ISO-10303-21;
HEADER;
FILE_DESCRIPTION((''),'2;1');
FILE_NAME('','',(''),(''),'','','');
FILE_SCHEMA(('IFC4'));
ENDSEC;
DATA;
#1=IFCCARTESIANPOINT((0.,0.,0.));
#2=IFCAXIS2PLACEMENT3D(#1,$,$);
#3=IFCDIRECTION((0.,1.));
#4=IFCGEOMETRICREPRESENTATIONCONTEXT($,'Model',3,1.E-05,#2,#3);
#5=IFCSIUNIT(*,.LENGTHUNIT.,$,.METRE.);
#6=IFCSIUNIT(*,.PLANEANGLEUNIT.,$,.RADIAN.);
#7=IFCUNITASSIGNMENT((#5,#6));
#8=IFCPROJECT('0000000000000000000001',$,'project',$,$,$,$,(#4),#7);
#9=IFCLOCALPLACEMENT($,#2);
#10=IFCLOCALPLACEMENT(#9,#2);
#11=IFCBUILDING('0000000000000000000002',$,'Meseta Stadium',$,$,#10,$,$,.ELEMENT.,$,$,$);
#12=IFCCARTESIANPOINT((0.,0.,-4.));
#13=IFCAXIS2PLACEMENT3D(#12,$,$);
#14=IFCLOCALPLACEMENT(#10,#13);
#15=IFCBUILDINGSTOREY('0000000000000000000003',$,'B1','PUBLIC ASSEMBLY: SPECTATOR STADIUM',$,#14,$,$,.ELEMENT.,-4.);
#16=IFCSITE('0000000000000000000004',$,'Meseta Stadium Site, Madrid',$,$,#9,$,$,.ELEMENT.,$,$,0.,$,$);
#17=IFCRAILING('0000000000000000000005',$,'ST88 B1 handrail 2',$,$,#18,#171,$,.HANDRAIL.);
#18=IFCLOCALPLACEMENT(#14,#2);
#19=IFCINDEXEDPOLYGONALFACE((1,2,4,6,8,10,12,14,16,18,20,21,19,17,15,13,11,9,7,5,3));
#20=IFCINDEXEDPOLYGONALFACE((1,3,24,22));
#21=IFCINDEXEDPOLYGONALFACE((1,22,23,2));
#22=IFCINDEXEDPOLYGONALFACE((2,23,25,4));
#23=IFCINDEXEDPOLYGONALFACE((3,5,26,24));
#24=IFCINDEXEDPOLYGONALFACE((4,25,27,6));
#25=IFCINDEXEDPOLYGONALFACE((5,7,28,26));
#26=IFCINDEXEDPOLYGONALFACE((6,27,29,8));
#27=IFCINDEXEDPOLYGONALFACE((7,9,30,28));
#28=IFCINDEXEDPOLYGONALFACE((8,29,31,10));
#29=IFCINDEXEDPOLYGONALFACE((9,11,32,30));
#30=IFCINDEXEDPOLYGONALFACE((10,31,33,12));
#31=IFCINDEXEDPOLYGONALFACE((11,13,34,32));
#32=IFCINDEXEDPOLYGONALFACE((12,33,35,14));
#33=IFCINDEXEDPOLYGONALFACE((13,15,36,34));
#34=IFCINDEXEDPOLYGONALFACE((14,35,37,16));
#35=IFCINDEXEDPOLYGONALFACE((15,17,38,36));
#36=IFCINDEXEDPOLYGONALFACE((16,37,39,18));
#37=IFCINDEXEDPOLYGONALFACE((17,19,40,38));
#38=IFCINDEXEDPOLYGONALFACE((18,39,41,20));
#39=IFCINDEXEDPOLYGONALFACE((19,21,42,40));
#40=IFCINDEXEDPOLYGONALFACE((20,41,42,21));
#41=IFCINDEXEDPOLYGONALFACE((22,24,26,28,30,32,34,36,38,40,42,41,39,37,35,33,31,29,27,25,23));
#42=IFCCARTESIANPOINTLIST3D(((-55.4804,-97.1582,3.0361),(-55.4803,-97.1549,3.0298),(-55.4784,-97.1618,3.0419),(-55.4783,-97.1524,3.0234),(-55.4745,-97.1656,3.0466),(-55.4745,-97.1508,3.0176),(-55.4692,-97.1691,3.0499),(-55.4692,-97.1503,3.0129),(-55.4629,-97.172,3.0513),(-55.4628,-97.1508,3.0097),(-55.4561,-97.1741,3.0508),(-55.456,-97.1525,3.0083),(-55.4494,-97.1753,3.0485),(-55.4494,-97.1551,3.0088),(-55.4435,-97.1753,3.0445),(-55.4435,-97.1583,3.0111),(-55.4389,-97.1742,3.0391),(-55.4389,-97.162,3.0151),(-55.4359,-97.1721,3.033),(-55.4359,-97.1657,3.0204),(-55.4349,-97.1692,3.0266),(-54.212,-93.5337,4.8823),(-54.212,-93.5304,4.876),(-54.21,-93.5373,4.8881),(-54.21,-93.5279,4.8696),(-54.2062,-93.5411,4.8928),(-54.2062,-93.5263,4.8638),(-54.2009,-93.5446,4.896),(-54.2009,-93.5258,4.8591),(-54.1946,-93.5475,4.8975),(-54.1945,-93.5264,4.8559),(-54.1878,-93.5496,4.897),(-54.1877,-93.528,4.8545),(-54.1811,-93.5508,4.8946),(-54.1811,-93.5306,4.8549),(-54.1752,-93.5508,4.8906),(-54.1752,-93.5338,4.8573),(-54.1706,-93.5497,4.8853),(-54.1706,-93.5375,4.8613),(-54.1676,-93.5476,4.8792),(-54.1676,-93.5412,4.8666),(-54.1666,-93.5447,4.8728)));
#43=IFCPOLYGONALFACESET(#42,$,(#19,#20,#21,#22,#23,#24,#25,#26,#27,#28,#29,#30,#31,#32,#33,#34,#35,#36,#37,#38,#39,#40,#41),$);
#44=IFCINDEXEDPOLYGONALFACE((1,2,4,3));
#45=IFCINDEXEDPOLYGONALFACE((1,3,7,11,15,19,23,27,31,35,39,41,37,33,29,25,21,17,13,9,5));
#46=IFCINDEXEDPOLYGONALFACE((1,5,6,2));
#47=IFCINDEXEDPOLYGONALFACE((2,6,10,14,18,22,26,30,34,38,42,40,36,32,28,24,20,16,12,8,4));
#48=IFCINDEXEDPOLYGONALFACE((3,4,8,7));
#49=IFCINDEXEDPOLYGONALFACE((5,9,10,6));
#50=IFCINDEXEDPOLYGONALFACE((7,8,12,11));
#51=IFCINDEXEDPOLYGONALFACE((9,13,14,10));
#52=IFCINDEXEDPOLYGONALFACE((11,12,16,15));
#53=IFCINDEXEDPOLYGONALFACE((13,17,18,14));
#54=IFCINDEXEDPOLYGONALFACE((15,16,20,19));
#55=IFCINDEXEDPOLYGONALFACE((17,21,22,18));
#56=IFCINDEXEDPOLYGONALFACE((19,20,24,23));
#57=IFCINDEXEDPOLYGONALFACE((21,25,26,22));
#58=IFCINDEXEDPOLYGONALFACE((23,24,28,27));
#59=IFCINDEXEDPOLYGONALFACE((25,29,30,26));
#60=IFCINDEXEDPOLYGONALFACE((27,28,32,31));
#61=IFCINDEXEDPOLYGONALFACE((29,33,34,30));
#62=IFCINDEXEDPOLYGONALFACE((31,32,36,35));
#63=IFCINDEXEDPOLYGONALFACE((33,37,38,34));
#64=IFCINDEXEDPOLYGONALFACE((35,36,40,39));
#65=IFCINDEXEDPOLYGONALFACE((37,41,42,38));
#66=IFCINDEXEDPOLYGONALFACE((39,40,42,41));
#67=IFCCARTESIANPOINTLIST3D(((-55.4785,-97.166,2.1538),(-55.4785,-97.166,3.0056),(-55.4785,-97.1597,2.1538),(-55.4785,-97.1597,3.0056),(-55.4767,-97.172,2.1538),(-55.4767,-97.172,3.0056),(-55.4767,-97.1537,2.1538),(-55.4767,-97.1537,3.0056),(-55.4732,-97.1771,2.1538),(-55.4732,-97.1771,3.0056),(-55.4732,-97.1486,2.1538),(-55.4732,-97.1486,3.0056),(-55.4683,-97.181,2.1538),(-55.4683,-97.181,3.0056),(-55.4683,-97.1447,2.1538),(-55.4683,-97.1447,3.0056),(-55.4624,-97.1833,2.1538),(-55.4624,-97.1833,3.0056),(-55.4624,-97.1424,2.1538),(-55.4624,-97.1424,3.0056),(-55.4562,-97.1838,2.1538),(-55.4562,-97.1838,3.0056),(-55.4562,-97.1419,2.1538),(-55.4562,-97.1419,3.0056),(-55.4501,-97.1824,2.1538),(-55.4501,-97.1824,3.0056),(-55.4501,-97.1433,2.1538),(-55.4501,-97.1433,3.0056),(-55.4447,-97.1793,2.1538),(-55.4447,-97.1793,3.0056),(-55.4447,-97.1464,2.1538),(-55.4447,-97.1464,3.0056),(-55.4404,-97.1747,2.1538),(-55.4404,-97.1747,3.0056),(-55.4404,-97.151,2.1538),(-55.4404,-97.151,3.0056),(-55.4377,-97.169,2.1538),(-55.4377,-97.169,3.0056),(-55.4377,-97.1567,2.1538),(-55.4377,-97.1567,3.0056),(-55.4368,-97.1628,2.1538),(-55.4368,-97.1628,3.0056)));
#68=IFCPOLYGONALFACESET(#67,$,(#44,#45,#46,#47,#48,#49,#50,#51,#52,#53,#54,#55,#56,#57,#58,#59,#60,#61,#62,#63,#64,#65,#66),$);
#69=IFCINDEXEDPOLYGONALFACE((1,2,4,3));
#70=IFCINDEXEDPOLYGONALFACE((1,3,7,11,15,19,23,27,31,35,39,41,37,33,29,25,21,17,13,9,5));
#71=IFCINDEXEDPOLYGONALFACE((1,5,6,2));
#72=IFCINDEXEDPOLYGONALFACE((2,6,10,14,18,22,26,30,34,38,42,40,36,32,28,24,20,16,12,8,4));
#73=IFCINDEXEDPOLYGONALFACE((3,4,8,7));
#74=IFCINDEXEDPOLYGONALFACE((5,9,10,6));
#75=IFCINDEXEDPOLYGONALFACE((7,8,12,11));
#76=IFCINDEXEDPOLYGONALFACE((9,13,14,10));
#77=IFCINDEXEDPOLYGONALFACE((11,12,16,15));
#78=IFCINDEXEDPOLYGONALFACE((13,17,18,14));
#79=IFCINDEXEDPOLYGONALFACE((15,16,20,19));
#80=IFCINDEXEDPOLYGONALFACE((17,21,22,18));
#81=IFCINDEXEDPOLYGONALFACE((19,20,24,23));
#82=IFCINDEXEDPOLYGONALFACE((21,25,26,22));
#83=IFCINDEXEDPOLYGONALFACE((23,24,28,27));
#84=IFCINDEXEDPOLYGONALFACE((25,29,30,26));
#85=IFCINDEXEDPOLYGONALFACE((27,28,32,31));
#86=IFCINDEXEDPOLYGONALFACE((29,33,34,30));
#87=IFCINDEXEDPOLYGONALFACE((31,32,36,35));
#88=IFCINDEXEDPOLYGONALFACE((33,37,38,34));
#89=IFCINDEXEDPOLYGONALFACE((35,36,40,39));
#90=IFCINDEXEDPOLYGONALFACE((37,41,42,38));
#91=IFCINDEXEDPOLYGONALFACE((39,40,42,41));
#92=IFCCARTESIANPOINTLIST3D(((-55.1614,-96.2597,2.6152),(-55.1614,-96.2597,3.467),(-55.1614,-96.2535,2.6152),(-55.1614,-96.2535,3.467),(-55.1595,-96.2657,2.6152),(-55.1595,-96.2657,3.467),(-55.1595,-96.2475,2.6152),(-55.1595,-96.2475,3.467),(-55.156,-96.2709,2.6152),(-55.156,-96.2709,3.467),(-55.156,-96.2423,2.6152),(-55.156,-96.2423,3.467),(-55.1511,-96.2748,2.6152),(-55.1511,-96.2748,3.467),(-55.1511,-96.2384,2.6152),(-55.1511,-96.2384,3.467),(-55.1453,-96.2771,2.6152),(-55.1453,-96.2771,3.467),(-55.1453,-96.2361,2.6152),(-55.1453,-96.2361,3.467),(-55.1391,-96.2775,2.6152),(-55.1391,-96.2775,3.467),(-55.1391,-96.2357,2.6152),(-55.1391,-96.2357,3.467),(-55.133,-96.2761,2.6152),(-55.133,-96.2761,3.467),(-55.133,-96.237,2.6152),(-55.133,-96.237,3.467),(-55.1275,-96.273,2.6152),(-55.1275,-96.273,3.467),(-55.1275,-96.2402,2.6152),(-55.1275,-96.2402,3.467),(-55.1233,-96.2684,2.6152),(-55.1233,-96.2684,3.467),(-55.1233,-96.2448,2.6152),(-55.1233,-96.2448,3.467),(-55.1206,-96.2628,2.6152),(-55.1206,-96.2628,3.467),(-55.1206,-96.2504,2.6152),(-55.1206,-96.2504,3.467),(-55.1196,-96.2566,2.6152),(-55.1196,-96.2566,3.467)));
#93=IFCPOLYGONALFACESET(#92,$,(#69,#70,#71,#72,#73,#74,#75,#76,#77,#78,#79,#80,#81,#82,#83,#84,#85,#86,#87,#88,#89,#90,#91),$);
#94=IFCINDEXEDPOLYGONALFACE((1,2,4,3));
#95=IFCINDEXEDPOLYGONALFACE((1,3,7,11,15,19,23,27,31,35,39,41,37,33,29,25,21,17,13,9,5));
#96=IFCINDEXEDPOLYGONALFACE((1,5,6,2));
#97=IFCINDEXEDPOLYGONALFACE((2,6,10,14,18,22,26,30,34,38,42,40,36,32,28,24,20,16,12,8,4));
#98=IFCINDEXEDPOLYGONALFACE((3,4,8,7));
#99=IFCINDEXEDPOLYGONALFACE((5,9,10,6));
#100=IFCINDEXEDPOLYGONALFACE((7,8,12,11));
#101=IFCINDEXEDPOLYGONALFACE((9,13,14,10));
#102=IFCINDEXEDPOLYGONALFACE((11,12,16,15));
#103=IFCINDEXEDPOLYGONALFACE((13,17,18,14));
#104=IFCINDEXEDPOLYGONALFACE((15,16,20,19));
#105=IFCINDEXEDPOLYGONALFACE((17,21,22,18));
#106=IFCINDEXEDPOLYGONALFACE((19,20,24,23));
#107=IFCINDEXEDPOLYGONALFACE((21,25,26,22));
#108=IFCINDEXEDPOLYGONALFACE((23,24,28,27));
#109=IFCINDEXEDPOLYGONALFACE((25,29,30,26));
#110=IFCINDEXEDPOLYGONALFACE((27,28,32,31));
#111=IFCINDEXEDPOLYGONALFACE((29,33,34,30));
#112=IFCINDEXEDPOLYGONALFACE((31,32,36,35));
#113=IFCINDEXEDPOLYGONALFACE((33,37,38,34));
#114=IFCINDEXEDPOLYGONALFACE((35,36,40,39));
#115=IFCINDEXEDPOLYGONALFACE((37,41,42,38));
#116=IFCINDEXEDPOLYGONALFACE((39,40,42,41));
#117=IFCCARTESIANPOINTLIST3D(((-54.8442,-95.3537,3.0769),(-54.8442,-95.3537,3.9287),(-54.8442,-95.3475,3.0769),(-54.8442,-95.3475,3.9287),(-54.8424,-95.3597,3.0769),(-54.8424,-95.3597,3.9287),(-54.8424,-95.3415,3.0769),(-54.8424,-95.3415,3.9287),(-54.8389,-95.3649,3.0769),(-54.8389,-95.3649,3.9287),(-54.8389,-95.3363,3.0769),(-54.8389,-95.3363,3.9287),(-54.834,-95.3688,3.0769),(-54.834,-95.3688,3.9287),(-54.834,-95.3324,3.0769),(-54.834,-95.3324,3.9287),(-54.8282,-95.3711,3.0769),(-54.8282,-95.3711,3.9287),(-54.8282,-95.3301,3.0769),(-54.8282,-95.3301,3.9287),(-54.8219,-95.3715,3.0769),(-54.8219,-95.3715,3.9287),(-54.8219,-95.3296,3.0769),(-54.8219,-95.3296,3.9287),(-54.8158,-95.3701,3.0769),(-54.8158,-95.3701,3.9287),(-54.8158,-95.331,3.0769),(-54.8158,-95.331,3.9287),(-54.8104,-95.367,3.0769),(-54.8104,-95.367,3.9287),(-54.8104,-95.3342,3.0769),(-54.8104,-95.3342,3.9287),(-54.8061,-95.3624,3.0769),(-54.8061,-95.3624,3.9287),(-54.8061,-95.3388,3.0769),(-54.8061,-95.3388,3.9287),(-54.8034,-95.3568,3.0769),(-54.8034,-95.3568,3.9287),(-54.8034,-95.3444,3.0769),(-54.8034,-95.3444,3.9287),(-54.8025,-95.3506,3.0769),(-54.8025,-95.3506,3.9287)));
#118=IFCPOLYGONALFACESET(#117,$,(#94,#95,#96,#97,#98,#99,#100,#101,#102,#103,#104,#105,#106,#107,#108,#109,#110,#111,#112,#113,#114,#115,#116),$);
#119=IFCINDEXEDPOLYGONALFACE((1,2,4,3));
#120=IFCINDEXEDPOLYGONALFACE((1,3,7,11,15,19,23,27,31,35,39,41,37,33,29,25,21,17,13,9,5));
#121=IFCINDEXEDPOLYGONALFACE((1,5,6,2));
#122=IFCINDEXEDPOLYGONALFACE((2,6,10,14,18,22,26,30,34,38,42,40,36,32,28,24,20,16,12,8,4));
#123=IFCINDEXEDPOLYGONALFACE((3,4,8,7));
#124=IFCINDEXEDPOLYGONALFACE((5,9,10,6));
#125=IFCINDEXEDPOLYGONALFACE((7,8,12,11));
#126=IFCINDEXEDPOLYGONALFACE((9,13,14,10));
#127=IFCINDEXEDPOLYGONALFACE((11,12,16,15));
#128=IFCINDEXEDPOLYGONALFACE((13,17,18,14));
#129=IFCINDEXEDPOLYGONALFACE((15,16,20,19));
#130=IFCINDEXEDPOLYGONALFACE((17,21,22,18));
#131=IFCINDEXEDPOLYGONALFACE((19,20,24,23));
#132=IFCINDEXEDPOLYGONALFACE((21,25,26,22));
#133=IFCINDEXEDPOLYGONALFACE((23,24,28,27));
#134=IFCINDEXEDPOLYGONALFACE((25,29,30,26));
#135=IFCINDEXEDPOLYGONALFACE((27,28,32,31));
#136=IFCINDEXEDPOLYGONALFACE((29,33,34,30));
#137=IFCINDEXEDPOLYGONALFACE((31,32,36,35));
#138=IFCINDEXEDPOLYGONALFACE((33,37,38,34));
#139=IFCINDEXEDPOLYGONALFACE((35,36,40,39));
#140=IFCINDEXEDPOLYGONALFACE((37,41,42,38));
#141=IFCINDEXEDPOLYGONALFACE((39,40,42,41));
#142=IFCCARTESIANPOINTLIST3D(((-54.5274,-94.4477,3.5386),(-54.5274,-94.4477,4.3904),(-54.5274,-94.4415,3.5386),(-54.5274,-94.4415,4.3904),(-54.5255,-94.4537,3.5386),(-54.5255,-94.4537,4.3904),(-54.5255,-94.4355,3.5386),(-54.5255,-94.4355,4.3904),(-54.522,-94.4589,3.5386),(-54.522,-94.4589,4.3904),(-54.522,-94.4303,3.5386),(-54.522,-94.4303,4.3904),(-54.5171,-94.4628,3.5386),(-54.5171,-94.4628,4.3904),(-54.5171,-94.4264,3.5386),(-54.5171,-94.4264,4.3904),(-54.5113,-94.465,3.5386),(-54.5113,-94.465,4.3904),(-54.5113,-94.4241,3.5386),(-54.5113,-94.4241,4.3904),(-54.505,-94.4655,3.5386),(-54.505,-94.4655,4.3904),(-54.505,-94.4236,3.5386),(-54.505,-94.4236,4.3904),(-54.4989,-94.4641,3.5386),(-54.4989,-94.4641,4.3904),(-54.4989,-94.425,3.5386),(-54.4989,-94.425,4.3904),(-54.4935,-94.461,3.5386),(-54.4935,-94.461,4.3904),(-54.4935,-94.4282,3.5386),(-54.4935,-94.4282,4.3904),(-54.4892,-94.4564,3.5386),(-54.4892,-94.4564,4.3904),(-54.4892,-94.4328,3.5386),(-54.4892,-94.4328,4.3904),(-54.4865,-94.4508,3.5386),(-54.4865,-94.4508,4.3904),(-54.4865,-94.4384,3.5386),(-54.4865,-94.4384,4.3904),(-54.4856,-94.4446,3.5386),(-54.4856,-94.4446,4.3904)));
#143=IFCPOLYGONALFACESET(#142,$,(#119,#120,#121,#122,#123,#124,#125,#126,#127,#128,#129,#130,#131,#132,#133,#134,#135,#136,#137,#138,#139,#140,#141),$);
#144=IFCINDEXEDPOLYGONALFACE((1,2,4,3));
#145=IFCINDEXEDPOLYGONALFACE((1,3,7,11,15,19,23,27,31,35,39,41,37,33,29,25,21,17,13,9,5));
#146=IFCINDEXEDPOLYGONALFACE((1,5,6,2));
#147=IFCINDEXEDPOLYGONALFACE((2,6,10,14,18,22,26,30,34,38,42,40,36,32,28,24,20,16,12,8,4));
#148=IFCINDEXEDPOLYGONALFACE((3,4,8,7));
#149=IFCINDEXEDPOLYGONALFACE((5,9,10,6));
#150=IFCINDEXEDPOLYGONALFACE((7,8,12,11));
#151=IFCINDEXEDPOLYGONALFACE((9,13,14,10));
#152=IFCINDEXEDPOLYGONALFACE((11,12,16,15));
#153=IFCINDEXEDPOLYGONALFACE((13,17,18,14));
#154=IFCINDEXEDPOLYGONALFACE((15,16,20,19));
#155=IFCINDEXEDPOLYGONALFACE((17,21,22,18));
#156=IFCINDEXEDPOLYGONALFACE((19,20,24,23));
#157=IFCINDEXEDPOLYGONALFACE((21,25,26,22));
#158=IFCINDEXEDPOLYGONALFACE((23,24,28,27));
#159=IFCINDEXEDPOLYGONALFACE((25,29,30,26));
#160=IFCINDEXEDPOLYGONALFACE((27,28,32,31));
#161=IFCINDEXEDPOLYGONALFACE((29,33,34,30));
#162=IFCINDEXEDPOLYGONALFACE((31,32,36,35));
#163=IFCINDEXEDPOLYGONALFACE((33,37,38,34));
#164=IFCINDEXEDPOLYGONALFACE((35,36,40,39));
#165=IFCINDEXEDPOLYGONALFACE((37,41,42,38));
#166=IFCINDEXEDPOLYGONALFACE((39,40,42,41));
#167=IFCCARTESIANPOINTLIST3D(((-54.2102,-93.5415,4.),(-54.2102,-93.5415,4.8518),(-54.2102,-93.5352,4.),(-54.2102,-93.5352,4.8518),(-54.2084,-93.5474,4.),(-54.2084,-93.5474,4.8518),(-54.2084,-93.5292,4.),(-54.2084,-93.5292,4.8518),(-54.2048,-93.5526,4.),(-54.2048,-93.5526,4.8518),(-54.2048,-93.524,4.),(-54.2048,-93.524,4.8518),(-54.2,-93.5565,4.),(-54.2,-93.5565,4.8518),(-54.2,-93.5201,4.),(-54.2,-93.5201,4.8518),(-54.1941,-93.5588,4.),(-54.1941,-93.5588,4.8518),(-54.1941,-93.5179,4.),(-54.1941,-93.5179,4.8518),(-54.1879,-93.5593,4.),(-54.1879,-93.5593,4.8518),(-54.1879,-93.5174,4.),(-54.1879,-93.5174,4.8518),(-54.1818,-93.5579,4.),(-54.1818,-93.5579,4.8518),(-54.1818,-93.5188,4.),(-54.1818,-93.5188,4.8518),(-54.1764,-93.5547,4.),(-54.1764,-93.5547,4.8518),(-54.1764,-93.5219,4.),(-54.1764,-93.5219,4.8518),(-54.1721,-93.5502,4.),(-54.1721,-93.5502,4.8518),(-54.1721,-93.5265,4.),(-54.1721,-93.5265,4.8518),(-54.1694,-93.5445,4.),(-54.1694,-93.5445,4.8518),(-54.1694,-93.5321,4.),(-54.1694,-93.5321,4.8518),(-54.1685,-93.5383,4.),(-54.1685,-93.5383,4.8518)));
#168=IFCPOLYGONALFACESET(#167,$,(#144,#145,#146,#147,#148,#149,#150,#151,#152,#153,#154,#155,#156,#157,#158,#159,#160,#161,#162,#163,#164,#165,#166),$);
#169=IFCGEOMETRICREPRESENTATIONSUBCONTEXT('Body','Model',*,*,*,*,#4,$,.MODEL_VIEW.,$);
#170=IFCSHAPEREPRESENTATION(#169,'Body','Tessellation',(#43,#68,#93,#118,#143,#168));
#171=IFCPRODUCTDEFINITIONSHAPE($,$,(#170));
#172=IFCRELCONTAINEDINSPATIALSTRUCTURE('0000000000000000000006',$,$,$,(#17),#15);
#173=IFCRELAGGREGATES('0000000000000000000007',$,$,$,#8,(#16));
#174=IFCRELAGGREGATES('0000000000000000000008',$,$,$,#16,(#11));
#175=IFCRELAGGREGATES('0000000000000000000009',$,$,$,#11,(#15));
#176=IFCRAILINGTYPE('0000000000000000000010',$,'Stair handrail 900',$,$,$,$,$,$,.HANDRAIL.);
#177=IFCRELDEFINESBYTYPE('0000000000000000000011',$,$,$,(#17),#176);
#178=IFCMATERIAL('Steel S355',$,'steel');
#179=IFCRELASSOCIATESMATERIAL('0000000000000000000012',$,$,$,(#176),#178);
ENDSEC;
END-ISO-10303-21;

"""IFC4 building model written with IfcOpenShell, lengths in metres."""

from ifc_helpers import new_model, si_unit, direction, frame, origin, origin_2d, place, context, subcontext, project, spatial, circle, extrude, material, type_object, element, save


model = new_model("IFC4")

# Units and contexts
model_context = context("Model", 3, precision=1e-05, world=origin(), true_north=direction((0.0, 1.0)))
body_context = subcontext(model_context, "Body", "Model", "MODEL_VIEW")
ifc_project = project(units=[si_unit("LENGTHUNIT", "METRE"), si_unit("PLANEANGLEUNIT", "RADIAN")], contexts=[model_context])

# Site, building, storey
site_placement = place(None, origin())
site = spatial("IfcSite", under=ifc_project, at=site_placement, Name="Meseta Stadium Site, Madrid", CompositionType="ELEMENT", RefElevation=0.0)
building_placement = place(site_placement, origin())
building = spatial("IfcBuilding", under=site, at=building_placement, Name="Meseta Stadium", CompositionType="ELEMENT")
storey_placement = place(building_placement, frame((0.0, 0.0, -4.0)))
storey = spatial("IfcBuildingStorey", under=building, at=storey_placement, Name="B1", Description="PUBLIC ASSEMBLY: SPECTATOR STADIUM", CompositionType="ELEMENT", Elevation=-4.0)

# Railing
ifc_material_1 = material(Name="Steel S355", Category="steel")
railing_type_1 = type_object("IfcRailingType", Name="Stair handrail 900", PredefinedType="HANDRAIL", material=ifc_material_1)
railing_1_placement = place(storey_placement, frame((-55.4578, -97.1628, 2.1538)))
element("IfcRailing", 1, at=railing_1_placement, inside=storey, type_object=railing_type_1, Name="ST88 B1 handrail 2", PredefinedType="HANDRAIL", context=body_context, shape_type="SweptSolid", body=[
    extrude(circle(Radius=0.0239, at=origin_2d()), frame((0.0, 0.0, 0.876), z_axis=(0.297672, 0.850672, 0.4333), x_axis=(-0.94388, 0.330288, 0.0)), (0.0, 0.0, 1.0), 4.2607),
    extrude(circle(Radius=0.021, at=origin_2d()), origin(), (0.0, 0.0, 1.0), 0.8518),
    extrude(circle(Radius=0.021, at=origin_2d()), frame((0.3171, 0.9062, 0.4614)), (0.0, 0.0, 1.0), 0.8518),
    extrude(circle(Radius=0.021, at=origin_2d()), frame((0.6343, 1.8123, 0.9231)), (0.0, 0.0, 1.0), 0.8518),
    extrude(circle(Radius=0.021, at=origin_2d()), frame((0.9512, 2.7183, 1.3848)), (0.0, 0.0, 1.0), 0.8518),
    extrude(circle(Radius=0.021, at=origin_2d()), frame((1.2683, 3.6245, 1.8462)), (0.0, 0.0, 1.0), 0.8518),
])

save(model, "model.ifc")
